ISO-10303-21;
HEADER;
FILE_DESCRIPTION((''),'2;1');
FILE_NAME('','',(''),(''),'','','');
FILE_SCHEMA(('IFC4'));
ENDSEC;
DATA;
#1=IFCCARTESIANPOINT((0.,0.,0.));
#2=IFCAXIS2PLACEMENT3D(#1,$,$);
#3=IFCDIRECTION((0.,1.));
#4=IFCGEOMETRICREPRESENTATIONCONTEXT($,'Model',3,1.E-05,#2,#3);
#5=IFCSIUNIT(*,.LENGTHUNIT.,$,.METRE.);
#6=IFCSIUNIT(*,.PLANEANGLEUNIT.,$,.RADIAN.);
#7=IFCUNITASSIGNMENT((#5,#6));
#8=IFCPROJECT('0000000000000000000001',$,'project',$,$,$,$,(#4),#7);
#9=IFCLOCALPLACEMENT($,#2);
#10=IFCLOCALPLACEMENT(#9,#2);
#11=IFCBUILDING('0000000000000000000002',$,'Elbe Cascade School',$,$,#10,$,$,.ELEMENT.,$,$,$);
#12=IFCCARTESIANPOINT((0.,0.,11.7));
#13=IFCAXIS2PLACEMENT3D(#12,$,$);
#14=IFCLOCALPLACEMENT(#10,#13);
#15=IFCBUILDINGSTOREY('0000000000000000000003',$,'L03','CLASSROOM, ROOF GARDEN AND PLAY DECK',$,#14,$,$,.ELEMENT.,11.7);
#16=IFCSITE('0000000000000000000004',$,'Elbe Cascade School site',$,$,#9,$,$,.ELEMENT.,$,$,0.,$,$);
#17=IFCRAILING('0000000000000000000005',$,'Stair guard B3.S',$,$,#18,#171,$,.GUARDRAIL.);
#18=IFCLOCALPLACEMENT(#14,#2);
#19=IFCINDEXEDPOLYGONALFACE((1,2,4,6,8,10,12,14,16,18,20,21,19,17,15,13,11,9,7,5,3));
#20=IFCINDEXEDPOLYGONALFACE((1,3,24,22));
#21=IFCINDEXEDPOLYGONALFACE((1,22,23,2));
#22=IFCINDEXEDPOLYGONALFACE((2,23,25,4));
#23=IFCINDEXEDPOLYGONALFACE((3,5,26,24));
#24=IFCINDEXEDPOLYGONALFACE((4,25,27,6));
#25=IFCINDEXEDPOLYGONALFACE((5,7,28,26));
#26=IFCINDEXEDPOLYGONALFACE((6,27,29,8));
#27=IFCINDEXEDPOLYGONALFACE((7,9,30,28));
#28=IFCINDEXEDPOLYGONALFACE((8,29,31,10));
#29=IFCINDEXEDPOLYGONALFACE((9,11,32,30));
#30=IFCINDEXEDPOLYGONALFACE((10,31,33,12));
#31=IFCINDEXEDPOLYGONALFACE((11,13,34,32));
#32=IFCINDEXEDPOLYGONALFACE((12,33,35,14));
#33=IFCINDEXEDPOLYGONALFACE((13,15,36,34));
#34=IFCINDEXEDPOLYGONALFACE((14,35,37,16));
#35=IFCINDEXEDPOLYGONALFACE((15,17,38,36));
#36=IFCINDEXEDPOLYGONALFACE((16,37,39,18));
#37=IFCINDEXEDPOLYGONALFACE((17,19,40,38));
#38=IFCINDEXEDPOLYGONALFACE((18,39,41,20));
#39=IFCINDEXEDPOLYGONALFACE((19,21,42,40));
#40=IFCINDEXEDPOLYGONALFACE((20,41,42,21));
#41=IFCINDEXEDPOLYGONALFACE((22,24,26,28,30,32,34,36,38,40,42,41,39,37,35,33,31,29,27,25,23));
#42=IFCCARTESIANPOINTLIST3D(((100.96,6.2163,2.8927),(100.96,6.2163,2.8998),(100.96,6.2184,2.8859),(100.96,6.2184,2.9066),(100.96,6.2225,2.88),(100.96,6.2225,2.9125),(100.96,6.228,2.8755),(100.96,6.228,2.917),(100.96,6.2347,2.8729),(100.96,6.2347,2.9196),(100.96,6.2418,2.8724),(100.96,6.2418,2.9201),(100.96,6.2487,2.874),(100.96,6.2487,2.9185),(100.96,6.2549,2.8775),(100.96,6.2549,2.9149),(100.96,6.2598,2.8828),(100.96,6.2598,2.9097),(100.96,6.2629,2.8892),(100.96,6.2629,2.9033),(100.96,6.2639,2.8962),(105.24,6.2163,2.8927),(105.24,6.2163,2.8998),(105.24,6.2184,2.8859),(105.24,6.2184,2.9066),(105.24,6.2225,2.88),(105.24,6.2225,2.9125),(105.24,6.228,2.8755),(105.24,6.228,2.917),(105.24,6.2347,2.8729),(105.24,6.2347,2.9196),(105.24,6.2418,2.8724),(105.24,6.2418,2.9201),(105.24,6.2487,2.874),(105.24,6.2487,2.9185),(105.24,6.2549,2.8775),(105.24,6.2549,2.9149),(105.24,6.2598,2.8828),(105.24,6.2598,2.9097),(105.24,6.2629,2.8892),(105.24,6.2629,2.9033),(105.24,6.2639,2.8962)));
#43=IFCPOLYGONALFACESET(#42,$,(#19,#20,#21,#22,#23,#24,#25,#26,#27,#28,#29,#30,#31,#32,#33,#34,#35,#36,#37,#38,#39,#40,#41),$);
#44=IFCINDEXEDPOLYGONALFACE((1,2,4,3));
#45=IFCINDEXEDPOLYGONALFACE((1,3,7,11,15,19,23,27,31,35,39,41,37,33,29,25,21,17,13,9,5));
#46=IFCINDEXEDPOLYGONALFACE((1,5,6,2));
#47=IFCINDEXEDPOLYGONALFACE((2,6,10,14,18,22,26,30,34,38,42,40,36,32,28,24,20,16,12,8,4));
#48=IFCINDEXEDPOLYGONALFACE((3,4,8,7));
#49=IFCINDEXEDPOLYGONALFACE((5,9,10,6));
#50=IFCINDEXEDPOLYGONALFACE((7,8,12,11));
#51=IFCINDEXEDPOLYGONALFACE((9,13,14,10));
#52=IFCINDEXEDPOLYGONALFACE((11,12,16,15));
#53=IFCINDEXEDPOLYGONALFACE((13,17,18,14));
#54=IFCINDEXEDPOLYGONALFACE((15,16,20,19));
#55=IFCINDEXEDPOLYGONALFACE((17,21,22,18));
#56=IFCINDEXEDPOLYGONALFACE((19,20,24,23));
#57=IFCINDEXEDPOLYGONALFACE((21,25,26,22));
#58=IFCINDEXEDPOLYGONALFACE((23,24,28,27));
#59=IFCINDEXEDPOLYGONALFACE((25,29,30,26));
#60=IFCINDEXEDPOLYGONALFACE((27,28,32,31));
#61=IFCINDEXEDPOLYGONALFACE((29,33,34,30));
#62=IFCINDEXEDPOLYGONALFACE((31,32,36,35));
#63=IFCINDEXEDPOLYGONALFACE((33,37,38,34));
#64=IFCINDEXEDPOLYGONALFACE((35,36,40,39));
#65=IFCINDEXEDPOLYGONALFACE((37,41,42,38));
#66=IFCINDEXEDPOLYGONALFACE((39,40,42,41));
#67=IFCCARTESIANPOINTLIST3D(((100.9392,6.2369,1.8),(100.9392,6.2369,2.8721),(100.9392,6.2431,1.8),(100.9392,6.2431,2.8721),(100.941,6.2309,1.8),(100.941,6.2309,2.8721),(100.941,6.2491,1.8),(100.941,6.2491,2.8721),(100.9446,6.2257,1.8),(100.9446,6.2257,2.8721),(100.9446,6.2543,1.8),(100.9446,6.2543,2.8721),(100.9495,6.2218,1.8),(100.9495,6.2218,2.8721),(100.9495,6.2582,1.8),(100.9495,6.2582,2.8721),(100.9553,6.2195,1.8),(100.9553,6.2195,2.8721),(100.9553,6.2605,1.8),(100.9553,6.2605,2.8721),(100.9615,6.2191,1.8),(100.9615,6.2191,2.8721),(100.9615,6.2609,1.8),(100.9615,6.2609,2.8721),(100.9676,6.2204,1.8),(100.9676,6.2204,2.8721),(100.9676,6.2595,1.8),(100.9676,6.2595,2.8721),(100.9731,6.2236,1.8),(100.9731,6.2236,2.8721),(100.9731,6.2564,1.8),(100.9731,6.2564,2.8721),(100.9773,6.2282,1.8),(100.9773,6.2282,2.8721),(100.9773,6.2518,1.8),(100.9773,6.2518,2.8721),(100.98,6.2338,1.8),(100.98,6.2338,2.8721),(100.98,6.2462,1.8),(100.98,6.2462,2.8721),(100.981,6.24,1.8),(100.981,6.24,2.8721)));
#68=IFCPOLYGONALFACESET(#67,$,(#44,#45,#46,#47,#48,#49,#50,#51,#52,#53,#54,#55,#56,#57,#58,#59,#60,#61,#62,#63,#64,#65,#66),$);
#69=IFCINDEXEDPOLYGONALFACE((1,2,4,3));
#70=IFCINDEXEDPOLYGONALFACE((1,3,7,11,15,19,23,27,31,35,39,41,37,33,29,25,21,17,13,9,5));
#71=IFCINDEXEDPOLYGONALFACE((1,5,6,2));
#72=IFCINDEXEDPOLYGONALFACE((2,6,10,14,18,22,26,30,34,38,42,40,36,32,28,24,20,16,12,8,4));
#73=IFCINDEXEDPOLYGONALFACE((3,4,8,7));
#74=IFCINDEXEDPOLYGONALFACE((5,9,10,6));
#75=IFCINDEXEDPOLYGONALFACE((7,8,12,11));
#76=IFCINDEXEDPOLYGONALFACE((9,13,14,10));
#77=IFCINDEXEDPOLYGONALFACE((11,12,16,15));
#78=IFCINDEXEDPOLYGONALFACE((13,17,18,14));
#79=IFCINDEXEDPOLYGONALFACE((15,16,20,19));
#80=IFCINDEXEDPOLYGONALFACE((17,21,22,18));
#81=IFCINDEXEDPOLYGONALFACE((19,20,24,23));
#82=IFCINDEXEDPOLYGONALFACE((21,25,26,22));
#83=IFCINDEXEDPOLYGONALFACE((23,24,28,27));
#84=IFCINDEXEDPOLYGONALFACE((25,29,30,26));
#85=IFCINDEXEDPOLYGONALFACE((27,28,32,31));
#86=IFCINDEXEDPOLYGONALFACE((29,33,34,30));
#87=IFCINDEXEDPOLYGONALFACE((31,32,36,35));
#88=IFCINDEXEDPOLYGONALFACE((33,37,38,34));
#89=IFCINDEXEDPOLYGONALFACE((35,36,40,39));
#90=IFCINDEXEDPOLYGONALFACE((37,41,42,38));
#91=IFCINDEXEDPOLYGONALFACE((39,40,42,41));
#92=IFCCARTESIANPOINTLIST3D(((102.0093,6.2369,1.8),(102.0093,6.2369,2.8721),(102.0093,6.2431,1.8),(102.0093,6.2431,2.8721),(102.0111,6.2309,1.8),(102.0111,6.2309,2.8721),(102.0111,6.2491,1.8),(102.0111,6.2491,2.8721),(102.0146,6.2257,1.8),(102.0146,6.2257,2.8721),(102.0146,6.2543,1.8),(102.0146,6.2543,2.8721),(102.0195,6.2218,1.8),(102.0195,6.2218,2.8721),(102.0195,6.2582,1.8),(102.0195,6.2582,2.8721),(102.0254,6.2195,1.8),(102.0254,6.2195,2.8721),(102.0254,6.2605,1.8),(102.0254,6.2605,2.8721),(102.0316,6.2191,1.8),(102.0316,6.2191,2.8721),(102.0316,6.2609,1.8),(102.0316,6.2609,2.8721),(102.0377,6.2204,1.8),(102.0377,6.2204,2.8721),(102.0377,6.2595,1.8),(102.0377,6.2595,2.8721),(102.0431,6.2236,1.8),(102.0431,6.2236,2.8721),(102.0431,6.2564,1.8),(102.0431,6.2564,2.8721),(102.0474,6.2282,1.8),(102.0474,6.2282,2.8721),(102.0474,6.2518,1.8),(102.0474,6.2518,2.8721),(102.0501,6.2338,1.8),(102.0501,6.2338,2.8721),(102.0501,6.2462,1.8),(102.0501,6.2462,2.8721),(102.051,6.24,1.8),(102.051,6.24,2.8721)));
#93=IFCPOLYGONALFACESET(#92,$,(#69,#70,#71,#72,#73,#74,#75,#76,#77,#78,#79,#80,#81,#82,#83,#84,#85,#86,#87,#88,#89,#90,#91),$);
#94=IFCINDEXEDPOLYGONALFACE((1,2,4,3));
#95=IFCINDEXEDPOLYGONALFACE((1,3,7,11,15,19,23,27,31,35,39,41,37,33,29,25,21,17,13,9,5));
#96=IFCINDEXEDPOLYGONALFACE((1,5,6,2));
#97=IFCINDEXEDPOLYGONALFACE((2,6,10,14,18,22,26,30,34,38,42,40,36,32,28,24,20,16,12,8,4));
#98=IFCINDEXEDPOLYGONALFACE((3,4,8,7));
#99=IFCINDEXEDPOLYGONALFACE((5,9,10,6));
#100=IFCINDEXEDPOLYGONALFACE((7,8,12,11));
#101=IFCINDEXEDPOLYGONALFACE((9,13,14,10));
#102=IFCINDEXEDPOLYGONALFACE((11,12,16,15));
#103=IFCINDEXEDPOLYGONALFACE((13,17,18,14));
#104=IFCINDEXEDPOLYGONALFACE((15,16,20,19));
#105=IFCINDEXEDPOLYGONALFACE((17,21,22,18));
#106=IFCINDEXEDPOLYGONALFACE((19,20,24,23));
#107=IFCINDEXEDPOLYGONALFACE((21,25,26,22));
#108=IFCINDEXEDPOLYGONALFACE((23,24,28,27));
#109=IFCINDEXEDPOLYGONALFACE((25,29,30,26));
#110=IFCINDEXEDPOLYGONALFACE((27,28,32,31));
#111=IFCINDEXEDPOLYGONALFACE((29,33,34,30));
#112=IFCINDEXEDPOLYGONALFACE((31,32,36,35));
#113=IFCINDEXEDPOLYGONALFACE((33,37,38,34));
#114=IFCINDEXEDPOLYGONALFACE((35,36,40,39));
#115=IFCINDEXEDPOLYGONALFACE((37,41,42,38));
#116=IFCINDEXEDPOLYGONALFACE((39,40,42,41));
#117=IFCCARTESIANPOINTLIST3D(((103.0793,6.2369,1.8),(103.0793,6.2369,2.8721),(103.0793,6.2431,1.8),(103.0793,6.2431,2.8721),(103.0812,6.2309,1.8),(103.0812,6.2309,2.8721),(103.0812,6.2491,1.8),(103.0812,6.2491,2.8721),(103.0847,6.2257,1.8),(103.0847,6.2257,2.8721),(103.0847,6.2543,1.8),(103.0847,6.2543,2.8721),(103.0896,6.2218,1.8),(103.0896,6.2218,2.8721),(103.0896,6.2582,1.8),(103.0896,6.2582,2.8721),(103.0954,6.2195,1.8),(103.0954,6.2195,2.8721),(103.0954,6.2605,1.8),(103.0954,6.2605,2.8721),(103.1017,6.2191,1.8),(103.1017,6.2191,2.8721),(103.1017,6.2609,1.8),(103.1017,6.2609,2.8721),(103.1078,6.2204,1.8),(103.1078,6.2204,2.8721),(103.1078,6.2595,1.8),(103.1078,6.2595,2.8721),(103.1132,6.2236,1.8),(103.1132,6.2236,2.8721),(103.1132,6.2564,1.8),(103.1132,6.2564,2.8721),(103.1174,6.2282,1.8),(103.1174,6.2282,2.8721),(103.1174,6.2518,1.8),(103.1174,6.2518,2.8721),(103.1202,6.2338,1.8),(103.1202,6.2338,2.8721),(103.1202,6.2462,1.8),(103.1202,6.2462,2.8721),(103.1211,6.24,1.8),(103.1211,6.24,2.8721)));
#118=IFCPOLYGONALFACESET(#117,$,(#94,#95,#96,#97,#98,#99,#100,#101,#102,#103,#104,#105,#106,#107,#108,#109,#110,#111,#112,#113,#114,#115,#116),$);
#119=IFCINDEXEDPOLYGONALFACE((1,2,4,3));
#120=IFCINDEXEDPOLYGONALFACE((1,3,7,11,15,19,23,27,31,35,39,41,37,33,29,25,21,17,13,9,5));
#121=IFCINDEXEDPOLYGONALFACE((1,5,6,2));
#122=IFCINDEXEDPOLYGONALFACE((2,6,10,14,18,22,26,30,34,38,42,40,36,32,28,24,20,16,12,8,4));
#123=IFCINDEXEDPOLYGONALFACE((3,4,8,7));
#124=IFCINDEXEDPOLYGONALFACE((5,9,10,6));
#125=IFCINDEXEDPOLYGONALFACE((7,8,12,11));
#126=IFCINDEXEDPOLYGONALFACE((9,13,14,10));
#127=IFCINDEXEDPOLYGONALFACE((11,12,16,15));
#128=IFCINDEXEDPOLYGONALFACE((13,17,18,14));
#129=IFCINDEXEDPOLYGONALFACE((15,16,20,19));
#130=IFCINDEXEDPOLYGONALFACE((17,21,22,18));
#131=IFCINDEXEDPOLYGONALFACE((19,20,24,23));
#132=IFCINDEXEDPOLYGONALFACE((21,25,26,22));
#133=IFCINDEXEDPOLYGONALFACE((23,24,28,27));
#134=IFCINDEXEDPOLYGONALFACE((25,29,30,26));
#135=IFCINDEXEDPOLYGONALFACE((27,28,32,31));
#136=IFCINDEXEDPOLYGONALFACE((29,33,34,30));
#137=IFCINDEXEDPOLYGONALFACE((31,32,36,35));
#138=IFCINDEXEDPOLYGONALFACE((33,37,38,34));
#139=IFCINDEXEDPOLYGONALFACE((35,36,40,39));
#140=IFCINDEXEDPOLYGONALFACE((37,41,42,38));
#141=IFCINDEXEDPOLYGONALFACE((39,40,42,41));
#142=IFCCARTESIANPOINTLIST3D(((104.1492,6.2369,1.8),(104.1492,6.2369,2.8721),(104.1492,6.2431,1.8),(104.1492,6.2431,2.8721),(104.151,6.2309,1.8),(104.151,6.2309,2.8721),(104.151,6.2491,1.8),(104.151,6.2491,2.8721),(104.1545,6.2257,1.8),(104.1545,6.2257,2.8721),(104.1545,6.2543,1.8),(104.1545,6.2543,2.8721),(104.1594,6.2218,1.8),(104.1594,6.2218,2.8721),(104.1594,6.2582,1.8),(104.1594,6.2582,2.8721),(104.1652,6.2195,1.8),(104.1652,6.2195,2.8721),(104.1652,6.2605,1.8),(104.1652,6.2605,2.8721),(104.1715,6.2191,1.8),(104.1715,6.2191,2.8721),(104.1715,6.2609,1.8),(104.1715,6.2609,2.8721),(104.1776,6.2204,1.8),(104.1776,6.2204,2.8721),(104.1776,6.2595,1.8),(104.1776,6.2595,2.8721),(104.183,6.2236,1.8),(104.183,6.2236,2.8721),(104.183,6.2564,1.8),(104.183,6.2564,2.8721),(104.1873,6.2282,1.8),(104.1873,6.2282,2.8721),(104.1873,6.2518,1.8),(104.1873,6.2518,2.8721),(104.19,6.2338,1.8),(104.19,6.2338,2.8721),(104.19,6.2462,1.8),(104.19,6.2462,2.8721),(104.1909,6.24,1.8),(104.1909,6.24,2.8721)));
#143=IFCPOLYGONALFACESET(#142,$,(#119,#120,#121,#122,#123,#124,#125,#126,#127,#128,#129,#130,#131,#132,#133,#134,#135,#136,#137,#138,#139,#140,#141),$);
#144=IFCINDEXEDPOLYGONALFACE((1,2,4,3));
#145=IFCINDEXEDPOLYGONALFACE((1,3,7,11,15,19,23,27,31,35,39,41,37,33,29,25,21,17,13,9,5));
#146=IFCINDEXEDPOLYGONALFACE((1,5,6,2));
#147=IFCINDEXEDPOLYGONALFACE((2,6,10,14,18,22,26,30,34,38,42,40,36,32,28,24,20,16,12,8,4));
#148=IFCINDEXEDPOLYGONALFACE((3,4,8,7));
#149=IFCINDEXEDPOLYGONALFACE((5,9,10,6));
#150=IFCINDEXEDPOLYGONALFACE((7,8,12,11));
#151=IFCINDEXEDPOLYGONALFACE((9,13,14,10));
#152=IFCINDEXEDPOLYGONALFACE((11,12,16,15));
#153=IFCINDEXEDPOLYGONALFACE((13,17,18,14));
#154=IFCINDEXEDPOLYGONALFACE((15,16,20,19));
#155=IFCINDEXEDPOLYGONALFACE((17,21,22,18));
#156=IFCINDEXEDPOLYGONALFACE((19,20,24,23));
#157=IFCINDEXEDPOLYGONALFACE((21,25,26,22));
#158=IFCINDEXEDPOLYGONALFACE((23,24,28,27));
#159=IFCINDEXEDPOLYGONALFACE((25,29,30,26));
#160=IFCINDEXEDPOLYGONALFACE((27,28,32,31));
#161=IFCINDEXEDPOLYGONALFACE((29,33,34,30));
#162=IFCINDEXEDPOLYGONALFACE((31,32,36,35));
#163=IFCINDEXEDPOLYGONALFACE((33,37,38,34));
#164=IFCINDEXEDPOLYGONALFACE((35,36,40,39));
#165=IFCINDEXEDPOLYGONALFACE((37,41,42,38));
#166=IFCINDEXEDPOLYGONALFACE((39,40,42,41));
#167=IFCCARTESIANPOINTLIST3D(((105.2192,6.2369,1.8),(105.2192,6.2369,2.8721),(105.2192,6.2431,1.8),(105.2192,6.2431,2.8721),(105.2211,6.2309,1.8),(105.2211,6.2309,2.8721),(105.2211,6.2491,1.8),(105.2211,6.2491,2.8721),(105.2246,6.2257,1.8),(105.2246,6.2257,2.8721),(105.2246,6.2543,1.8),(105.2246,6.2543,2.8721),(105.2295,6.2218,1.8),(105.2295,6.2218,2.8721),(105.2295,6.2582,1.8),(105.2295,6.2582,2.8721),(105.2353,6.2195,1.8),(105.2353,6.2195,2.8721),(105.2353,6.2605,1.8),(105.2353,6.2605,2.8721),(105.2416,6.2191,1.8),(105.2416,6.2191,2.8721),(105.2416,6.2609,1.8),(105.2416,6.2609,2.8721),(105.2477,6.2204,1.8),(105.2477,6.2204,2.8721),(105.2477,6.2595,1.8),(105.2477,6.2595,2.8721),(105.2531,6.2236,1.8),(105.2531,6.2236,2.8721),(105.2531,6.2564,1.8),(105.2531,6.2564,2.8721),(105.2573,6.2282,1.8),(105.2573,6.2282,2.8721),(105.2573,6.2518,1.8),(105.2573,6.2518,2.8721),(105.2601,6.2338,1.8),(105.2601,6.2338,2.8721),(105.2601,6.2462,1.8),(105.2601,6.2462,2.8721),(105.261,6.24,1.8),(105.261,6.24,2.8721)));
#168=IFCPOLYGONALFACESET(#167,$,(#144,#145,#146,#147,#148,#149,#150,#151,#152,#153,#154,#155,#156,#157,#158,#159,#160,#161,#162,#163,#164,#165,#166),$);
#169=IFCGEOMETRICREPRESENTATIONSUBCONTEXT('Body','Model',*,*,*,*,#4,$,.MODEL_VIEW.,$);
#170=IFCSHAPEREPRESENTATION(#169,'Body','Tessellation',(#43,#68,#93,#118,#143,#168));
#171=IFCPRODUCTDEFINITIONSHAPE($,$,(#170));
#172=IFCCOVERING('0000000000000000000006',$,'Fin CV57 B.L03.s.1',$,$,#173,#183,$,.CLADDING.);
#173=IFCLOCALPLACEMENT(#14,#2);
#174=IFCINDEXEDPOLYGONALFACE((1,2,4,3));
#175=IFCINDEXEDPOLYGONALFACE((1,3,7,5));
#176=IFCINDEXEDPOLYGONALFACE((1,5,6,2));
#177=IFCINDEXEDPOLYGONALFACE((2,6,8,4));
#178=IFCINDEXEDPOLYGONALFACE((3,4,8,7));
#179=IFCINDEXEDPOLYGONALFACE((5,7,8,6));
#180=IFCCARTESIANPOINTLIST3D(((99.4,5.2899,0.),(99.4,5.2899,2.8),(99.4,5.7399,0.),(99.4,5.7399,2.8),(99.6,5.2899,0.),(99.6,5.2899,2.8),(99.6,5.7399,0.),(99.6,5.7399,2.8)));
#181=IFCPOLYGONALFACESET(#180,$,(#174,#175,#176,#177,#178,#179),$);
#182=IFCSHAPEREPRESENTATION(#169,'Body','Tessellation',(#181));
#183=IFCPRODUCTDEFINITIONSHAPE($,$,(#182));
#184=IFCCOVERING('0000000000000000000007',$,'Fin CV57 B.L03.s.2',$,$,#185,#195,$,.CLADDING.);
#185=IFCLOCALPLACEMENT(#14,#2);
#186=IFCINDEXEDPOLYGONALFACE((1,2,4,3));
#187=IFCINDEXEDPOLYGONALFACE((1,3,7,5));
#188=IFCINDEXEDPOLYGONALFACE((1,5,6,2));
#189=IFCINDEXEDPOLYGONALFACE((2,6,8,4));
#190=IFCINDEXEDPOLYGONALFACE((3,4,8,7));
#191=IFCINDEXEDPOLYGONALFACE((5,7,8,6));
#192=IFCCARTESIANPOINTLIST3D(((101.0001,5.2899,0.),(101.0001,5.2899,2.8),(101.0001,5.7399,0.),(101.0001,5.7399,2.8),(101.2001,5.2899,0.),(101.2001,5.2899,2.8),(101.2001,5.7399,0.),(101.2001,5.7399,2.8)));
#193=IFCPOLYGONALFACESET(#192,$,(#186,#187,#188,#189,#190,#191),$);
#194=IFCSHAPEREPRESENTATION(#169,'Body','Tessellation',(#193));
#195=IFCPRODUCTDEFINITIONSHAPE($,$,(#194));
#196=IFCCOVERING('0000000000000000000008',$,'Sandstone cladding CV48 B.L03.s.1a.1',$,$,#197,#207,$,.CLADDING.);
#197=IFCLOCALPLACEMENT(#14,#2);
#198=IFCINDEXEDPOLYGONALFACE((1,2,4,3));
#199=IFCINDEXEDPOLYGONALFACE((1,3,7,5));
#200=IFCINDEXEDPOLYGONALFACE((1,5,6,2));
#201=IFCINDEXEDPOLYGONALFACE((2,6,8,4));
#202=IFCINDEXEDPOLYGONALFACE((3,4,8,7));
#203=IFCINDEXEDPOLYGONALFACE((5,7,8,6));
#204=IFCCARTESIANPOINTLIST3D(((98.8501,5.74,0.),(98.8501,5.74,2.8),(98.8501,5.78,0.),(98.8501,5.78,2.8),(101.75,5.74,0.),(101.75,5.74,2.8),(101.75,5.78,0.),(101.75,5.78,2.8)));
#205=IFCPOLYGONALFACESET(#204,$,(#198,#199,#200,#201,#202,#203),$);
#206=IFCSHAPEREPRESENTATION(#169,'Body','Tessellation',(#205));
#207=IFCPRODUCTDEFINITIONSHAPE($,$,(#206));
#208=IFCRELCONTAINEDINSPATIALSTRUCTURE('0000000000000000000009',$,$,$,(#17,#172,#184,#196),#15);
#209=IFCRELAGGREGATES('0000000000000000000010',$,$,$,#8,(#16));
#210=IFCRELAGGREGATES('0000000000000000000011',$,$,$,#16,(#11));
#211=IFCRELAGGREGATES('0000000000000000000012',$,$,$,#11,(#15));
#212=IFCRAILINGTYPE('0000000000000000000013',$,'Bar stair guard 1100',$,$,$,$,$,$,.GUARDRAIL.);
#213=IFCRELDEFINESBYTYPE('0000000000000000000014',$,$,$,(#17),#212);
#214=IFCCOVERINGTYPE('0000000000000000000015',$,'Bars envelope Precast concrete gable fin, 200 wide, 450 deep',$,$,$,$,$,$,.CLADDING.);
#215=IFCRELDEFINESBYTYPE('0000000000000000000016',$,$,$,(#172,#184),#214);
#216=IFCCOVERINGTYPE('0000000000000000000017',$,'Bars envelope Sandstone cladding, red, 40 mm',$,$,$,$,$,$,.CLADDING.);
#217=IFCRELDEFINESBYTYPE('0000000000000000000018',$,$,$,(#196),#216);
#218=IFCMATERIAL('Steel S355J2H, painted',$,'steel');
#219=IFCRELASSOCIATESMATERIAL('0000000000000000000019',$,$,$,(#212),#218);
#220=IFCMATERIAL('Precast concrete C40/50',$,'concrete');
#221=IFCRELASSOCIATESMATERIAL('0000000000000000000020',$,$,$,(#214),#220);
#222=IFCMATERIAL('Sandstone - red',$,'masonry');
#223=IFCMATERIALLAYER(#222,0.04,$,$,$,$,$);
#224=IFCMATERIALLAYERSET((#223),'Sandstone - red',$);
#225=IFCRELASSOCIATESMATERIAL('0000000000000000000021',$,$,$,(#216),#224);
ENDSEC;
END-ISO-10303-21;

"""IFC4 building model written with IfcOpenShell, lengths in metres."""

from ifc_helpers import new_model, si_unit, direction, frame, origin, origin_2d, place, context, subcontext, project, spatial, rectangle, circle, extrude, material, layer, layer_set, type_object, element, save


model = new_model("IFC4")

# Units and contexts
model_context = context("Model", 3, precision=1e-05, world=origin(), true_north=direction((0.0, 1.0)))
body_context = subcontext(model_context, "Body", "Model", "MODEL_VIEW")
ifc_project = project(units=[si_unit("LENGTHUNIT", "METRE"), si_unit("PLANEANGLEUNIT", "RADIAN")], contexts=[model_context])

# Site, building, storey
site_placement = place(None, origin())
site = spatial("IfcSite", under=ifc_project, at=site_placement, Name="Elbe Cascade School site", CompositionType="ELEMENT", RefElevation=0.0)
building_placement = place(site_placement, origin())
building = spatial("IfcBuilding", under=site, at=building_placement, Name="Elbe Cascade School", CompositionType="ELEMENT")
storey_placement = place(building_placement, frame((0.0, 0.0, 11.7)))
storey = spatial("IfcBuildingStorey", under=building, at=storey_placement, Name="L03", Description="CLASSROOM, ROOF GARDEN AND PLAY DECK", CompositionType="ELEMENT", Elevation=11.7)

# Railing
ifc_material_1 = material(Name="Steel S355J2H, painted", Category="steel")
railing_type = type_object("IfcRailingType", Name="Bar stair guard 1100", PredefinedType="GUARDRAIL", material=ifc_material_1)
railing_placement = place(storey_placement, frame((100.96, 6.24, 1.8)))
element("IfcRailing", 1, at=railing_placement, inside=storey, type_object=railing_type, Name="Stair guard B3.S", PredefinedType="GUARDRAIL", context=body_context, shape_type="SweptSolid", body=[
    extrude(circle(Radius=0.0239, at=origin_2d()), frame((0.0, 0.0, 1.0962), z_axis=(1.0, 0.0, 0.0), x_axis=(0.0, 1.0, 0.0)), (0.0, 0.0, 1.0), 4.28),
    extrude(circle(Radius=0.021, at=origin_2d()), origin(), (0.0, 0.0, 1.0), 1.072),
    extrude(circle(Radius=0.021, at=origin_2d()), frame((1.0701, 0.0, 0.0)), (0.0, 0.0, 1.0), 1.072),
    extrude(circle(Radius=0.021, at=origin_2d()), frame((2.1401, 0.0, 0.0)), (0.0, 0.0, 1.0), 1.072),
    extrude(circle(Radius=0.021, at=origin_2d()), frame((3.21, 0.0, 0.0)), (0.0, 0.0, 1.0), 1.072),
    extrude(circle(Radius=0.021, at=origin_2d()), frame((4.28, 0.0, 0.0)), (0.0, 0.0, 1.0), 1.072),
])

# Coverings
ifc_material_2 = material(Name="Precast concrete C40/50", Category="concrete")
covering_type_1 = type_object("IfcCoveringType", Name="Bars envelope Precast concrete gable fin, 200 wide, 450 deep", PredefinedType="CLADDING", material=ifc_material_2)
for number, where, z_axis, x_axis, name in (
    (2, (99.5, 5.5149, 0.0), (0.0, 0.0, 1.0), (1.0, 0.0, 0.0), "Fin CV57 B.L03.s.1"),
    (3, (101.1001, 5.5149, 0.0), (0.0, 0.0, 1.0), (1.0, 0.0, 0.0), "Fin CV57 B.L03.s.2"),
):
    element("IfcCovering", number, at=place(storey_placement, frame(where, z_axis=z_axis, x_axis=x_axis)), inside=storey, type_object=covering_type_1, Name=name, PredefinedType="CLADDING", context=body_context, shape_type="SweptSolid", body=[
        extrude(rectangle(XDim=0.2, YDim=0.45, at=origin_2d()), origin(), (0.0, 0.0, 1.0), 2.8),
    ])
ifc_material_3 = material(Name="Sandstone - red", Category="masonry")
ifc_layer_1 = layer(ifc_material_3, 0.04)
ifc_layer_set_1 = layer_set([ifc_layer_1], Name="Sandstone - red")
covering_type_2 = type_object("IfcCoveringType", Name="Bars envelope Sandstone cladding, red, 40 mm", PredefinedType="CLADDING", material=ifc_layer_set_1)
covering_1_placement = place(storey_placement, frame((100.3, 5.76, 0.0), z_axis=(0.0, 0.0, 1.0), x_axis=(1.0, 0.0, 0.0)))
element("IfcCovering", 4, at=covering_1_placement, inside=storey, type_object=covering_type_2, Name="Sandstone cladding CV48 B.L03.s.1a.1", PredefinedType="CLADDING", context=body_context, shape_type="SweptSolid", body=[
    extrude(rectangle(XDim=2.8999, YDim=0.04, at=origin_2d()), origin(), (0.0, 0.0, 1.0), 2.8),
])

save(model, "model.ifc")
